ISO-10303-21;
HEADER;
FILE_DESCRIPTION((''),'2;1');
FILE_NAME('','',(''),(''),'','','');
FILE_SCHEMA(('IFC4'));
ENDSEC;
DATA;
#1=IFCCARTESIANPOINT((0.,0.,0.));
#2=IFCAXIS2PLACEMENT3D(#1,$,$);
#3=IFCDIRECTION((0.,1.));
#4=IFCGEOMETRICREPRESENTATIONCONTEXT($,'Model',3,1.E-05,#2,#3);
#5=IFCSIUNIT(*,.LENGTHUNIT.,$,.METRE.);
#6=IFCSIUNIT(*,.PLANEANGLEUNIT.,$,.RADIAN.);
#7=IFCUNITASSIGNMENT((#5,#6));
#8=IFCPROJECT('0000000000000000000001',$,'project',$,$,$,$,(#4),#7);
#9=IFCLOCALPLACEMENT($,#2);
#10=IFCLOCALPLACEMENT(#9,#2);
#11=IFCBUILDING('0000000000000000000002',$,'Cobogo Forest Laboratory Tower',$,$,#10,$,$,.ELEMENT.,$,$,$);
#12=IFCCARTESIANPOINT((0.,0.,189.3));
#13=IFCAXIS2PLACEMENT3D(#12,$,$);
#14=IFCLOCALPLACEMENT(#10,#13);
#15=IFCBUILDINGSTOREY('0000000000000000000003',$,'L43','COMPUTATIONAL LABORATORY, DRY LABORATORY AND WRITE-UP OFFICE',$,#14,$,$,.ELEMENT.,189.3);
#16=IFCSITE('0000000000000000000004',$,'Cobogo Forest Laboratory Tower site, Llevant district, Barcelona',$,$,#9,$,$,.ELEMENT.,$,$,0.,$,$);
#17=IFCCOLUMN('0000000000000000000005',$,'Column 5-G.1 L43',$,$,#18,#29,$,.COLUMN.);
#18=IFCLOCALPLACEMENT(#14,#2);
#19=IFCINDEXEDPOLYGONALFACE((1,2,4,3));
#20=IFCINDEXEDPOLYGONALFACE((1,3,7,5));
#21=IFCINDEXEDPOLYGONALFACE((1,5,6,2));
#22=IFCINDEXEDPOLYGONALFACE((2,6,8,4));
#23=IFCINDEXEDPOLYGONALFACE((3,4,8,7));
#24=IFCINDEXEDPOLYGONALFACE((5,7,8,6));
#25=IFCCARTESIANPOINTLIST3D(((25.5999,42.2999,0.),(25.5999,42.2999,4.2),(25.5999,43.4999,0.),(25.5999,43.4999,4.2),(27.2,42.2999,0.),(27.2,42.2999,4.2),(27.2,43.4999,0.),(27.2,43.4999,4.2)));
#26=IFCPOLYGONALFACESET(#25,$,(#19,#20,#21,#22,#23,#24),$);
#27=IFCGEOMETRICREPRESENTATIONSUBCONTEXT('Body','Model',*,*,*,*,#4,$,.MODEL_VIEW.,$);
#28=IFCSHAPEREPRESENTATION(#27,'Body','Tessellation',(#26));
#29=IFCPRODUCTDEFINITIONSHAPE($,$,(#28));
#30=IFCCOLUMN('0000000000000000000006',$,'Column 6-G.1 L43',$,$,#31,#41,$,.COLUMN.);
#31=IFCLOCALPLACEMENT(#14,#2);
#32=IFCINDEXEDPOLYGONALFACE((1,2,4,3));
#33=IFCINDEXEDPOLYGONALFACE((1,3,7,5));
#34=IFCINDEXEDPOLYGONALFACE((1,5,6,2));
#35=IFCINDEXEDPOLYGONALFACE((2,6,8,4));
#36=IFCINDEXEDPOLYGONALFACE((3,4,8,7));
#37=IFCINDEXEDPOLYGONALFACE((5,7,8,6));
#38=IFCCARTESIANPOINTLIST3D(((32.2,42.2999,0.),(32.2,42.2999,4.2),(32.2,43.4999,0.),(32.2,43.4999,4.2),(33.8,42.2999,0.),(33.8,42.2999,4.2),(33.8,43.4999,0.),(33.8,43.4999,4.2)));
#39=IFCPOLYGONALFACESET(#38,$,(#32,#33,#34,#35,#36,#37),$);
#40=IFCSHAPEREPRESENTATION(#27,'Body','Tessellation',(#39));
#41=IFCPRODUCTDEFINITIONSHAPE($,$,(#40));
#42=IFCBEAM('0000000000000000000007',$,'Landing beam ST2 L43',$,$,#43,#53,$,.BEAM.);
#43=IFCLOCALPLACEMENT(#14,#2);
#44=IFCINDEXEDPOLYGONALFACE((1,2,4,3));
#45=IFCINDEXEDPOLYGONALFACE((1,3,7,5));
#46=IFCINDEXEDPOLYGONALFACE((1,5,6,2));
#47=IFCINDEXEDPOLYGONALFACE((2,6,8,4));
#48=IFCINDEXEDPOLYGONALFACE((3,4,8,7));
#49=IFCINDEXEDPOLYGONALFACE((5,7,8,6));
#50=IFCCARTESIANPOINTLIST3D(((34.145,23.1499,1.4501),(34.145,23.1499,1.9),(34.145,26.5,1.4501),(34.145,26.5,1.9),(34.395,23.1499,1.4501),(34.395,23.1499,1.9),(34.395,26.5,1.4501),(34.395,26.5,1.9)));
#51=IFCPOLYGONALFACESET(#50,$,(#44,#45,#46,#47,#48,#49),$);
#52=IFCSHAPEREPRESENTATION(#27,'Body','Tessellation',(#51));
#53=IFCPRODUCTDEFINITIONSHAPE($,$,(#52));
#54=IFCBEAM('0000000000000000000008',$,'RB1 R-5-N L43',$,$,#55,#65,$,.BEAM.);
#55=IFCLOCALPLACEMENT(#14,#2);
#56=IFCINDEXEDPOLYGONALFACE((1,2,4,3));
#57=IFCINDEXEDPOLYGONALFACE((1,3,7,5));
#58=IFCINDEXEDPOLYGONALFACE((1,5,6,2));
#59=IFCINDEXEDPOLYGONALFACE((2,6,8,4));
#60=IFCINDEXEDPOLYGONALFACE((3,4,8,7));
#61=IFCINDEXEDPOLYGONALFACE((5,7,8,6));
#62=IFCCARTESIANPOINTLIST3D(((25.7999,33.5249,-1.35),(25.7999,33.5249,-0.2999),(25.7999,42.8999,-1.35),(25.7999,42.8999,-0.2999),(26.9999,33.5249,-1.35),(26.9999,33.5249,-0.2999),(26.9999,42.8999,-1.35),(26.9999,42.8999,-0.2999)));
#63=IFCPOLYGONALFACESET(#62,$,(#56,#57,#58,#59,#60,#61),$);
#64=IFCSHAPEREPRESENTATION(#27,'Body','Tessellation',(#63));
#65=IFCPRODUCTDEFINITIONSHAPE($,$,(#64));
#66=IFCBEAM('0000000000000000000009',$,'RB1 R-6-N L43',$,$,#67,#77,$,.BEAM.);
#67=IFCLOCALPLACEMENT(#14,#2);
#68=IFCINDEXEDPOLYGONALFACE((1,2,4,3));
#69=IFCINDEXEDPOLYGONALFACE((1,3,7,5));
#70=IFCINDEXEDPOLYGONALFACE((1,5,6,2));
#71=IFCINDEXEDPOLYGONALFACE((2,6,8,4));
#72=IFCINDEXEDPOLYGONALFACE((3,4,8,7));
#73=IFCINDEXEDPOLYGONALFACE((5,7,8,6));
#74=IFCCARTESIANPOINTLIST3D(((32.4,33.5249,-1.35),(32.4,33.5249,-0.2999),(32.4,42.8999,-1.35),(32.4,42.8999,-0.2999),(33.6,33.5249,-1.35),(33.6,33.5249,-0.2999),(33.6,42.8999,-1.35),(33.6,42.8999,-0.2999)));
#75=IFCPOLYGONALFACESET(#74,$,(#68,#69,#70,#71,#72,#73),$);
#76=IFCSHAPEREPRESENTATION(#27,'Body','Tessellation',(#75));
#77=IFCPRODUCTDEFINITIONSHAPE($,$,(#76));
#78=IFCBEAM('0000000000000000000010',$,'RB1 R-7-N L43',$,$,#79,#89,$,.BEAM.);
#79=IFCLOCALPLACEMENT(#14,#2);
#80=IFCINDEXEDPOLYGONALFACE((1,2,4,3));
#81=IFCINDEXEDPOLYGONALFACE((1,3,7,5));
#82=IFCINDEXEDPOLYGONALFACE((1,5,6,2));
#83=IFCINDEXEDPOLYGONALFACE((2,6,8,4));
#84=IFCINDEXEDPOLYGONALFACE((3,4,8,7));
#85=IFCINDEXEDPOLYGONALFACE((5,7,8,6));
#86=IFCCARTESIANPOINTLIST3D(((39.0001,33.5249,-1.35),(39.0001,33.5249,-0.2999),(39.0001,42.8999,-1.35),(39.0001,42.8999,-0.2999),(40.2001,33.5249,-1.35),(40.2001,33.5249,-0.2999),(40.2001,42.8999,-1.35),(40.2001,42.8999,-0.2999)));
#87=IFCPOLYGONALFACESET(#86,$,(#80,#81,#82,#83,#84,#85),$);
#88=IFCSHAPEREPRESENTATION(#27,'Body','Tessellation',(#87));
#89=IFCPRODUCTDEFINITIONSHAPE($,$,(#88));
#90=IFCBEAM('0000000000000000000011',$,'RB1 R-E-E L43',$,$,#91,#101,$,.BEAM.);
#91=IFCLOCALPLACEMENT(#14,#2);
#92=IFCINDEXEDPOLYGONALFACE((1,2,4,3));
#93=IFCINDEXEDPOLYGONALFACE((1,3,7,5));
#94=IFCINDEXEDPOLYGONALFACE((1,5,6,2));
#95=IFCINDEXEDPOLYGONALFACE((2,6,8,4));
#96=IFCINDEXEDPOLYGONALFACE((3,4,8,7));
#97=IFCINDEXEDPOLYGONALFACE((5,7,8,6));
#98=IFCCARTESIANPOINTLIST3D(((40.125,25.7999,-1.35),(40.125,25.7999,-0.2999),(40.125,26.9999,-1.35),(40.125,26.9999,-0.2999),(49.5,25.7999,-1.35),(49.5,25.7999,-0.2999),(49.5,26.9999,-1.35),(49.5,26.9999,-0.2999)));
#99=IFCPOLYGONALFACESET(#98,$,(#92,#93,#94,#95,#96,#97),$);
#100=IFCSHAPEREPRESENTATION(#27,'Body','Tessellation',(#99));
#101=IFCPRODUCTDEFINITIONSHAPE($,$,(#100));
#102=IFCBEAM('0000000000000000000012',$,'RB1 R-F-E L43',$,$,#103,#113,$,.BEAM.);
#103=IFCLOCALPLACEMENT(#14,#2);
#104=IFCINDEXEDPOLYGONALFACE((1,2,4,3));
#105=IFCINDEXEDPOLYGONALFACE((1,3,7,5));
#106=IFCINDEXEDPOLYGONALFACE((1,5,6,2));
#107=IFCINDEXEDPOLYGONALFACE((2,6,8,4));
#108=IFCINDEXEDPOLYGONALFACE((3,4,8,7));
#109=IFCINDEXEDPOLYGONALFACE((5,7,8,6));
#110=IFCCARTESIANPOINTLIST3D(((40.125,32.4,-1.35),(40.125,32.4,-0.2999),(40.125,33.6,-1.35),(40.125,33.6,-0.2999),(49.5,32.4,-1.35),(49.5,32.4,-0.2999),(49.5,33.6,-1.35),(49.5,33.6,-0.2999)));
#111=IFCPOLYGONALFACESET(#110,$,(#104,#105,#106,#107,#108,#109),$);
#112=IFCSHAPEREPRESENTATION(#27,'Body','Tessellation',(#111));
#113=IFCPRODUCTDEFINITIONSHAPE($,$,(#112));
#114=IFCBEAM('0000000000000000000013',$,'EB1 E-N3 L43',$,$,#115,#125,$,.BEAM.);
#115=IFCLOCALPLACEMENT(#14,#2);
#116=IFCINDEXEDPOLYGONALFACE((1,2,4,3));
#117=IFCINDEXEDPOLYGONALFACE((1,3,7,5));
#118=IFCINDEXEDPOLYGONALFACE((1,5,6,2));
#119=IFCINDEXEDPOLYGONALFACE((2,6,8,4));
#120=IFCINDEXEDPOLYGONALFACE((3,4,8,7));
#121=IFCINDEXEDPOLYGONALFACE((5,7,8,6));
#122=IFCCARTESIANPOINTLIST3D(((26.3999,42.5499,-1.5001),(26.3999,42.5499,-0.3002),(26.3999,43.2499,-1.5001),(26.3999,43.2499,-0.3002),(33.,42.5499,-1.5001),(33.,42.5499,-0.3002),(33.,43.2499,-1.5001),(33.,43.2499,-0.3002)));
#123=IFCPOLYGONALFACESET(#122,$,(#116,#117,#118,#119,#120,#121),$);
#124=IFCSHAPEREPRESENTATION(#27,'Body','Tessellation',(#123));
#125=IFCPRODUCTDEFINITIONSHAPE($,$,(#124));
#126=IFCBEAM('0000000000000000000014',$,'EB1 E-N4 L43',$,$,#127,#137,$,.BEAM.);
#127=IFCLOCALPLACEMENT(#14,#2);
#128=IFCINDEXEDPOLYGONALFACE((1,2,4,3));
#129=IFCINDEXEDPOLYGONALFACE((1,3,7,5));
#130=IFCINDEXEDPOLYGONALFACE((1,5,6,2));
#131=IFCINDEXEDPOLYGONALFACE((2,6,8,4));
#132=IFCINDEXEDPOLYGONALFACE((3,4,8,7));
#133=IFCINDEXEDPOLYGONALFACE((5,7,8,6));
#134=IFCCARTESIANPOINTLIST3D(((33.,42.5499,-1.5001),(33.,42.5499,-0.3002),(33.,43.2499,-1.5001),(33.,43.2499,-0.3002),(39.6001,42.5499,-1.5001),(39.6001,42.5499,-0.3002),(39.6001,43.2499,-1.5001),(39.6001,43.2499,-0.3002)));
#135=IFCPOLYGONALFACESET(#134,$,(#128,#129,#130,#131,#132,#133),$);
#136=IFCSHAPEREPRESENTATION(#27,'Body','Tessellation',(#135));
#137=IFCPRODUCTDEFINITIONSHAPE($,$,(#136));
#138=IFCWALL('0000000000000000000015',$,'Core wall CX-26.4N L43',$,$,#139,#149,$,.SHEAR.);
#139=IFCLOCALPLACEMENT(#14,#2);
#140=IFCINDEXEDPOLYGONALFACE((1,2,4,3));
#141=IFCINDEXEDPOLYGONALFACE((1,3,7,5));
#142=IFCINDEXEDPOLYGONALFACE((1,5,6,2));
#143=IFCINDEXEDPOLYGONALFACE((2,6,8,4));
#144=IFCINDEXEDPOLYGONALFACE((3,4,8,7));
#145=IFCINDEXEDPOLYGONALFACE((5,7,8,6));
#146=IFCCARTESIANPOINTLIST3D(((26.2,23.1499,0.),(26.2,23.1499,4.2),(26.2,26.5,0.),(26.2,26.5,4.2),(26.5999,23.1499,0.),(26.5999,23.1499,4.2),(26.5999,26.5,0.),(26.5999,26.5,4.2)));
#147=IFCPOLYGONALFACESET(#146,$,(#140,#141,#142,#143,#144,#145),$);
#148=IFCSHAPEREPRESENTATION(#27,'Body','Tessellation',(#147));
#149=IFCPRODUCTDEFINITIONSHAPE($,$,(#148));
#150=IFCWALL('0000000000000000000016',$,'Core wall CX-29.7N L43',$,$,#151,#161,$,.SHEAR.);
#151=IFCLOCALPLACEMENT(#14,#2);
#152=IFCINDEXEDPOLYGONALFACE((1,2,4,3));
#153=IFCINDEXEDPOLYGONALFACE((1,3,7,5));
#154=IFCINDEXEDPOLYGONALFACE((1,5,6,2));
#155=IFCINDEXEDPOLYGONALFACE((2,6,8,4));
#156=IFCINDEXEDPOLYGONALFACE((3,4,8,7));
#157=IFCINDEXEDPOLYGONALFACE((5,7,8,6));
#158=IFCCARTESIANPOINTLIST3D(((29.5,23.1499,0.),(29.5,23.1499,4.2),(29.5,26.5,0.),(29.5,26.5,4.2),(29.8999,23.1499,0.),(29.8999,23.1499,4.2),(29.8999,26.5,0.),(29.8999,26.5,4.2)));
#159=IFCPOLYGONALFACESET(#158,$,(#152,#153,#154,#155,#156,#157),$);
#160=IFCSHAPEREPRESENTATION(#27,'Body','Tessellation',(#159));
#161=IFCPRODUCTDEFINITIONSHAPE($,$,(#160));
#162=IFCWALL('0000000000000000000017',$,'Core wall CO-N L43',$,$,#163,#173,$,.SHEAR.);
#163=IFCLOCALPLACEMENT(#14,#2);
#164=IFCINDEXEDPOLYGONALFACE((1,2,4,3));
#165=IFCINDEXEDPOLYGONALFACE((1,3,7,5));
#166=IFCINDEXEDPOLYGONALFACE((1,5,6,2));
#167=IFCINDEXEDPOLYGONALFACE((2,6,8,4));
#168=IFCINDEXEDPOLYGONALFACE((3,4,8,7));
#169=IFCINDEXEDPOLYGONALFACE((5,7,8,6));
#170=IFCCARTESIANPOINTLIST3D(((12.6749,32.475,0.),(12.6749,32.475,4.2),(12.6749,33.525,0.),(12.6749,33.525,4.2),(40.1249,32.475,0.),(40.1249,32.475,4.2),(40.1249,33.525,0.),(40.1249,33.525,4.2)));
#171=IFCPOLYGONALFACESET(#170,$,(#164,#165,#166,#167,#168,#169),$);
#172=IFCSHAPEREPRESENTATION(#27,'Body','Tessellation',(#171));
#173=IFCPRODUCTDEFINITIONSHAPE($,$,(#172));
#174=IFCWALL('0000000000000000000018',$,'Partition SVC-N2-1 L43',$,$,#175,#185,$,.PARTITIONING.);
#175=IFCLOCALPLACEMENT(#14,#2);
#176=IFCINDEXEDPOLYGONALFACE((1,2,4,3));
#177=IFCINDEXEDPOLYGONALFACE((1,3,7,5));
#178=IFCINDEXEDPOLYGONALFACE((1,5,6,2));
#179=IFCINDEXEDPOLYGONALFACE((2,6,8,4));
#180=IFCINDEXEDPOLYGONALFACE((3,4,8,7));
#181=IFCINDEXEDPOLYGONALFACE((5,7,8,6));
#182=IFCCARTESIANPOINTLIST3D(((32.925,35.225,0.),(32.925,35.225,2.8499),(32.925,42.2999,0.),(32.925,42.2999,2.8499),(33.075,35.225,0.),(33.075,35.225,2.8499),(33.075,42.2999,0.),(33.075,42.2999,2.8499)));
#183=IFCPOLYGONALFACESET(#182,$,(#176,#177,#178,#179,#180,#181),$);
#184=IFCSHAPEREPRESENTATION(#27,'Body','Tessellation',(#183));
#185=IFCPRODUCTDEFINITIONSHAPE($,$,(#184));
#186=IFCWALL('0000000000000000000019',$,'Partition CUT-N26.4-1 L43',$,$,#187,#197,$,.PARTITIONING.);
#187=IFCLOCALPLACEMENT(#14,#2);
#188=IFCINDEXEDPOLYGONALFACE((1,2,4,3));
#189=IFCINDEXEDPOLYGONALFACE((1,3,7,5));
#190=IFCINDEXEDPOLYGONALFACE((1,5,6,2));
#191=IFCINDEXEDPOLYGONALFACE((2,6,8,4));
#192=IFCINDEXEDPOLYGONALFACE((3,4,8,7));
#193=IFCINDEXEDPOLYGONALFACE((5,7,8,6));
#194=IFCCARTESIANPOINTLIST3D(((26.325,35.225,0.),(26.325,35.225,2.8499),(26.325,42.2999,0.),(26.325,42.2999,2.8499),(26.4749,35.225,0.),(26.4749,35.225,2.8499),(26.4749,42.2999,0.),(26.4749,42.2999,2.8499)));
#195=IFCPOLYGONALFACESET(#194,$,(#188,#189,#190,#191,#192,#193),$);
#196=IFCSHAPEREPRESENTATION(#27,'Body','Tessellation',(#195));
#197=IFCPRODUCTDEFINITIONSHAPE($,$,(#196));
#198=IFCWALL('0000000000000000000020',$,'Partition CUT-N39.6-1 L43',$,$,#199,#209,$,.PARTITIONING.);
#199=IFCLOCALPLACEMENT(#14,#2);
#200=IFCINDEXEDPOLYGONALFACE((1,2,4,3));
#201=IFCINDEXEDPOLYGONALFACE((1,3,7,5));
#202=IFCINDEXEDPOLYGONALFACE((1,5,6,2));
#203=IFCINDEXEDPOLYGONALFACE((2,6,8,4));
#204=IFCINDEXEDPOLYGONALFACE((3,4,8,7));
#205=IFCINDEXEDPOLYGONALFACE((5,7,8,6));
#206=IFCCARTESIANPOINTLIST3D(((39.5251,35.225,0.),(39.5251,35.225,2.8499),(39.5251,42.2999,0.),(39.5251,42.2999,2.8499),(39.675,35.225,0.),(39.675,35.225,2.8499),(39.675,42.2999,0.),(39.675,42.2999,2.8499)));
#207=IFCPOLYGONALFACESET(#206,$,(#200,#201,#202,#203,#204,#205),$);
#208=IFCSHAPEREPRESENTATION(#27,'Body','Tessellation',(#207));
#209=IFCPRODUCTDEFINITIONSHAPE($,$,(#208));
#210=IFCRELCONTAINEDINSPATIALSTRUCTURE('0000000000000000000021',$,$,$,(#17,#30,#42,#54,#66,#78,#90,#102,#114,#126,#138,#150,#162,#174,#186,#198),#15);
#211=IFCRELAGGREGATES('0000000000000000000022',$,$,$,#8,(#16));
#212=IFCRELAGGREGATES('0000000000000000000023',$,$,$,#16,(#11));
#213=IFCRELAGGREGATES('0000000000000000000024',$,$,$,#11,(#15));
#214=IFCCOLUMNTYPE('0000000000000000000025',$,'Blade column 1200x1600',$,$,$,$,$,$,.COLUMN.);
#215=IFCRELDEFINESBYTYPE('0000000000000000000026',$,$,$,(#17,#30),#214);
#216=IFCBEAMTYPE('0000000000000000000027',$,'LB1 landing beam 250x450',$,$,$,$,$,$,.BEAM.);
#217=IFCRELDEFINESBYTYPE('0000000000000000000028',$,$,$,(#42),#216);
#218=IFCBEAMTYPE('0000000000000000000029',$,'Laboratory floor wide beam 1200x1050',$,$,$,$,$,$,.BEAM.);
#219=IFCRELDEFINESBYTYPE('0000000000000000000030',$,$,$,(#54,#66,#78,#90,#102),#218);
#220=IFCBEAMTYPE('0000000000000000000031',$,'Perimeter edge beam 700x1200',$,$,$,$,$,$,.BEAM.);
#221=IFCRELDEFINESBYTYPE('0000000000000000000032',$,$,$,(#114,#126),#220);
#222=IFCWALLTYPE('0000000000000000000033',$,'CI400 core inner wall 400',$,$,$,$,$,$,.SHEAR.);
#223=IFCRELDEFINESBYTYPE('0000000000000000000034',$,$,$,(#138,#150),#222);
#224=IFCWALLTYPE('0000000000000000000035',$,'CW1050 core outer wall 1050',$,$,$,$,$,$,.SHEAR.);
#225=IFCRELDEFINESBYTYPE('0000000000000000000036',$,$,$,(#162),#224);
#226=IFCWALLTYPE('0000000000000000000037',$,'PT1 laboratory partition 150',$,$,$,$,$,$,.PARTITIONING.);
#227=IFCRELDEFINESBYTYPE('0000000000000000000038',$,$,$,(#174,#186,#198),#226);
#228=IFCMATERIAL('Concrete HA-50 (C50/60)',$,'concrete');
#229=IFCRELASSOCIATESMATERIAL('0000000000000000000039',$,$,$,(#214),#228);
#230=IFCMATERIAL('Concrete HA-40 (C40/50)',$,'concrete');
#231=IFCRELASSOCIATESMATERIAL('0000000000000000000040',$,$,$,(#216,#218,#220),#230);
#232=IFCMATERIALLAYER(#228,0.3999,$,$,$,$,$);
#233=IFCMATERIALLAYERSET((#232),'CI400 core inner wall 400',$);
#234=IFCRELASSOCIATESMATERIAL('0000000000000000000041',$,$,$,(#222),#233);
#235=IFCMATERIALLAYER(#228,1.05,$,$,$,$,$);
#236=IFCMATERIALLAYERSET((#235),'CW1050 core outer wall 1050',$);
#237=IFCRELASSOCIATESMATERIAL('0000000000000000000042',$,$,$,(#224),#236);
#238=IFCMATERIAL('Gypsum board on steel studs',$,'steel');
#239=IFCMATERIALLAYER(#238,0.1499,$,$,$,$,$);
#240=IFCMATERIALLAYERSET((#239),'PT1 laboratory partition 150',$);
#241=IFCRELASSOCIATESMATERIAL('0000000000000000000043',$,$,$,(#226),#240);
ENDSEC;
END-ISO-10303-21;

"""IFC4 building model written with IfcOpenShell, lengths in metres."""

from ifc_helpers import new_model, si_unit, direction, frame, frame_2d, origin, origin_2d, place, context, subcontext, project, spatial, rectangle, extrude, material, layer, layer_set, material_profile, profile_set, type_object, element, save


model = new_model("IFC4")

# Units and contexts
model_context = context("Model", 3, precision=1e-05, world=origin(), true_north=direction((0.0, 1.0)))
body_context = subcontext(model_context, "Body", "Model", "MODEL_VIEW")
ifc_project = project(units=[si_unit("LENGTHUNIT", "METRE"), si_unit("PLANEANGLEUNIT", "RADIAN")], contexts=[model_context])

# Site, building, storey
site_placement = place(None, origin())
site = spatial("IfcSite", under=ifc_project, at=site_placement, Name="Cobogo Forest Laboratory Tower site, Llevant district, Barcelona", CompositionType="ELEMENT", RefElevation=0.0)
building_placement = place(site_placement, origin())
building = spatial("IfcBuilding", under=site, at=building_placement, Name="Cobogo Forest Laboratory Tower", CompositionType="ELEMENT")
storey_placement = place(building_placement, frame((0.0, 0.0, 189.3)))
storey = spatial("IfcBuildingStorey", under=building, at=storey_placement, Name="L43", Description="COMPUTATIONAL LABORATORY, DRY LABORATORY AND WRITE-UP OFFICE", CompositionType="ELEMENT", Elevation=189.3)

# Columns
ifc_material_1 = material(Name="Concrete HA-50 (C50/60)", Category="concrete")
ifc_material_profile_1 = material_profile(ifc_material_1, rectangle(XDim=1.6001, YDim=1.2, at=origin_2d()), Name="RC 1200x1600")
ifc_profile_set_1 = profile_set([ifc_material_profile_1], Name="Concrete HA-50 (C50/60)")
column_type = type_object("IfcColumnType", Name="Blade column 1200x1600", PredefinedType="COLUMN", material=ifc_profile_set_1)
for number, where, z_axis, x_axis, name in (
    (1, (26.3999, 42.8999, 0.0), (0.0, 0.0, 1.0), (1.0, 0.0, 0.0), "Column 5-G.1 L43"),
    (2, (33.0, 42.8999, 0.0), (0.0, 0.0, 1.0), (1.0, 0.0, 0.0), "Column 6-G.1 L43"),
):
    element("IfcColumn", number, at=place(storey_placement, frame(where, z_axis=z_axis, x_axis=x_axis)), inside=storey, type_object=column_type, Name=name, PredefinedType="COLUMN", context=body_context, shape_type="SweptSolid", body=[
        extrude(rectangle(XDim=1.6001, YDim=1.2, at=origin_2d()), origin(), (0.0, 0.0, 1.0), 4.2),
    ])

# Beams
ifc_material_2 = material(Name="Concrete HA-40 (C40/50)", Category="concrete")
ifc_material_profile_2 = material_profile(ifc_material_2, rectangle(XDim=0.25, YDim=0.45, at=origin_2d()), Name="RC 250x450")
ifc_profile_set_2 = profile_set([ifc_material_profile_2], Name="Concrete HA-40 (C40/50)")
beam_type_1 = type_object("IfcBeamType", Name="LB1 landing beam 250x450", PredefinedType="BEAM", material=ifc_profile_set_2)
beam_placement = place(storey_placement, frame((34.27, 23.1499, 1.675), z_axis=(0.0, 1.0, 0.0), x_axis=(-1.0, 0.0, 0.0)))
element("IfcBeam", 3, at=beam_placement, inside=storey, type_object=beam_type_1, Name="Landing beam ST2 L43", PredefinedType="BEAM", context=body_context, shape_type="SweptSolid", body=[
    extrude(rectangle(XDim=0.25, YDim=0.45, at=origin_2d()), origin(), (0.0, 0.0, 1.0), 3.3501),
])
ifc_material_profile_3 = material_profile(ifc_material_2, rectangle(XDim=1.2, YDim=1.05, at=origin_2d()), Name="RC 1200x1050")
ifc_profile_set_3 = profile_set([ifc_material_profile_3], Name="Concrete HA-40 (C40/50)")
beam_type_2 = type_object("IfcBeamType", Name="Laboratory floor wide beam 1200x1050", PredefinedType="BEAM", material=ifc_profile_set_3)
for number, where, z_axis, x_axis, name in (
    (4, (26.3999, 33.5249, -0.825), (0.0, 1.0, 0.0), (-1.0, 0.0, 0.0), "RB1 R-5-N L43"),
    (5, (33.0, 33.5249, -0.825), (0.0, 1.0, 0.0), (-1.0, 0.0, 0.0), "RB1 R-6-N L43"),
    (6, (39.6001, 33.5249, -0.825), (0.0, 1.0, 0.0), (-1.0, 0.0, 0.0), "RB1 R-7-N L43"),
    (7, (40.125, 26.3999, -0.825), (1.0, 0.0, 0.0), (0.0, 1.0, 0.0), "RB1 R-E-E L43"),
    (8, (40.125, 33.0, -0.825), (1.0, 0.0, 0.0), (0.0, 1.0, 0.0), "RB1 R-F-E L43"),
):
    element("IfcBeam", number, at=place(storey_placement, frame(where, z_axis=z_axis, x_axis=x_axis)), inside=storey, type_object=beam_type_2, Name=name, PredefinedType="BEAM", context=body_context, shape_type="SweptSolid", body=[
        extrude(rectangle(XDim=1.2, YDim=1.05, at=origin_2d()), origin(), (0.0, 0.0, 1.0), 9.375),
    ])
ifc_material_profile_4 = material_profile(ifc_material_2, rectangle(XDim=0.7, YDim=1.2, at=origin_2d()), Name="RC 700x1200")
ifc_profile_set_4 = profile_set([ifc_material_profile_4], Name="Concrete HA-40 (C40/50)")
beam_type_3 = type_object("IfcBeamType", Name="Perimeter edge beam 700x1200", PredefinedType="BEAM", material=ifc_profile_set_4)
for number, where, z_axis, x_axis, name in (
    (9, (26.3999, 42.8999, -0.9001), (1.0, 0.0, 0.0), (0.0, 1.0, 0.0), "EB1 E-N3 L43"),
    (10, (33.0, 42.8999, -0.9001), (1.0, 0.0, 0.0), (0.0, 1.0, 0.0), "EB1 E-N4 L43"),
):
    element("IfcBeam", number, at=place(storey_placement, frame(where, z_axis=z_axis, x_axis=x_axis)), inside=storey, type_object=beam_type_3, Name=name, PredefinedType="BEAM", context=body_context, shape_type="SweptSolid", body=[
        extrude(rectangle(XDim=0.7, YDim=1.2, at=origin_2d()), origin(), (0.0, 0.0, 1.0), 6.6001),
    ])

# Walls
ifc_layer_1 = layer(ifc_material_1, 0.3999)
ifc_layer_set_1 = layer_set([ifc_layer_1], Name="CI400 core inner wall 400")
wall_type_1 = type_object("IfcWallType", Name="CI400 core inner wall 400", PredefinedType="SHEAR", material=ifc_layer_set_1)
for number, where, z_axis, x_axis, name in (
    (11, (26.3999, 23.1499, 0.0), (0.0, 0.0, 1.0), (0.0, 1.0, 0.0), "Core wall CX-26.4N L43"),
    (12, (29.7, 23.1499, 0.0), (0.0, 0.0, 1.0), (0.0, 1.0, 0.0), "Core wall CX-29.7N L43"),
):
    element("IfcWall", number, at=place(storey_placement, frame(where, z_axis=z_axis, x_axis=x_axis)), inside=storey, type_object=wall_type_1, Name=name, PredefinedType="SHEAR", context=body_context, shape_type="SweptSolid", body=[
        extrude(rectangle(XDim=3.3501, YDim=0.3999, at=frame_2d((1.675, 0.0))), origin(), (0.0, 0.0, 1.0), 4.2),
    ])
ifc_layer_2 = layer(ifc_material_1, 1.05)
ifc_layer_set_2 = layer_set([ifc_layer_2], Name="CW1050 core outer wall 1050")
wall_type_2 = type_object("IfcWallType", Name="CW1050 core outer wall 1050", PredefinedType="SHEAR", material=ifc_layer_set_2)
wall_placement = place(storey_placement, frame((40.125, 33.0, 0.0), z_axis=(0.0, 0.0, 1.0), x_axis=(-1.0, 0.0, 0.0)))
element("IfcWall", 13, at=wall_placement, inside=storey, type_object=wall_type_2, Name="Core wall CO-N L43", PredefinedType="SHEAR", context=body_context, shape_type="SweptSolid", body=[
    extrude(rectangle(XDim=27.45, YDim=1.05, at=frame_2d((13.7251, 0.0))), origin(), (0.0, 0.0, 1.0), 4.2),
])
ifc_material_3 = material(Name="Gypsum board on steel studs", Category="steel")
ifc_layer_3 = layer(ifc_material_3, 0.1499)
ifc_layer_set_3 = layer_set([ifc_layer_3], Name="PT1 laboratory partition 150")
wall_type_3 = type_object("IfcWallType", Name="PT1 laboratory partition 150", PredefinedType="PARTITIONING", material=ifc_layer_set_3)
for number, where, z_axis, x_axis, name in (
    (14, (33.0, 42.3, 0.0), (0.0, 0.0, 1.0), (0.0, -1.0, 0.0), "Partition SVC-N2-1 L43"),
    (15, (26.3999, 42.3, 0.0), (0.0, 0.0, 1.0), (0.0, -1.0, 0.0), "Partition CUT-N26.4-1 L43"),
    (16, (39.6001, 42.3, 0.0), (0.0, 0.0, 1.0), (0.0, -1.0, 0.0), "Partition CUT-N39.6-1 L43"),
):
    element("IfcWall", number, at=place(storey_placement, frame(where, z_axis=z_axis, x_axis=x_axis)), inside=storey, type_object=wall_type_3, Name=name, PredefinedType="PARTITIONING", context=body_context, shape_type="SweptSolid", body=[
        extrude(rectangle(XDim=7.075, YDim=0.1499, at=frame_2d((3.5376, 0.0))), origin(), (0.0, 0.0, 1.0), 2.8499),
    ])

save(model, "model.ifc")
